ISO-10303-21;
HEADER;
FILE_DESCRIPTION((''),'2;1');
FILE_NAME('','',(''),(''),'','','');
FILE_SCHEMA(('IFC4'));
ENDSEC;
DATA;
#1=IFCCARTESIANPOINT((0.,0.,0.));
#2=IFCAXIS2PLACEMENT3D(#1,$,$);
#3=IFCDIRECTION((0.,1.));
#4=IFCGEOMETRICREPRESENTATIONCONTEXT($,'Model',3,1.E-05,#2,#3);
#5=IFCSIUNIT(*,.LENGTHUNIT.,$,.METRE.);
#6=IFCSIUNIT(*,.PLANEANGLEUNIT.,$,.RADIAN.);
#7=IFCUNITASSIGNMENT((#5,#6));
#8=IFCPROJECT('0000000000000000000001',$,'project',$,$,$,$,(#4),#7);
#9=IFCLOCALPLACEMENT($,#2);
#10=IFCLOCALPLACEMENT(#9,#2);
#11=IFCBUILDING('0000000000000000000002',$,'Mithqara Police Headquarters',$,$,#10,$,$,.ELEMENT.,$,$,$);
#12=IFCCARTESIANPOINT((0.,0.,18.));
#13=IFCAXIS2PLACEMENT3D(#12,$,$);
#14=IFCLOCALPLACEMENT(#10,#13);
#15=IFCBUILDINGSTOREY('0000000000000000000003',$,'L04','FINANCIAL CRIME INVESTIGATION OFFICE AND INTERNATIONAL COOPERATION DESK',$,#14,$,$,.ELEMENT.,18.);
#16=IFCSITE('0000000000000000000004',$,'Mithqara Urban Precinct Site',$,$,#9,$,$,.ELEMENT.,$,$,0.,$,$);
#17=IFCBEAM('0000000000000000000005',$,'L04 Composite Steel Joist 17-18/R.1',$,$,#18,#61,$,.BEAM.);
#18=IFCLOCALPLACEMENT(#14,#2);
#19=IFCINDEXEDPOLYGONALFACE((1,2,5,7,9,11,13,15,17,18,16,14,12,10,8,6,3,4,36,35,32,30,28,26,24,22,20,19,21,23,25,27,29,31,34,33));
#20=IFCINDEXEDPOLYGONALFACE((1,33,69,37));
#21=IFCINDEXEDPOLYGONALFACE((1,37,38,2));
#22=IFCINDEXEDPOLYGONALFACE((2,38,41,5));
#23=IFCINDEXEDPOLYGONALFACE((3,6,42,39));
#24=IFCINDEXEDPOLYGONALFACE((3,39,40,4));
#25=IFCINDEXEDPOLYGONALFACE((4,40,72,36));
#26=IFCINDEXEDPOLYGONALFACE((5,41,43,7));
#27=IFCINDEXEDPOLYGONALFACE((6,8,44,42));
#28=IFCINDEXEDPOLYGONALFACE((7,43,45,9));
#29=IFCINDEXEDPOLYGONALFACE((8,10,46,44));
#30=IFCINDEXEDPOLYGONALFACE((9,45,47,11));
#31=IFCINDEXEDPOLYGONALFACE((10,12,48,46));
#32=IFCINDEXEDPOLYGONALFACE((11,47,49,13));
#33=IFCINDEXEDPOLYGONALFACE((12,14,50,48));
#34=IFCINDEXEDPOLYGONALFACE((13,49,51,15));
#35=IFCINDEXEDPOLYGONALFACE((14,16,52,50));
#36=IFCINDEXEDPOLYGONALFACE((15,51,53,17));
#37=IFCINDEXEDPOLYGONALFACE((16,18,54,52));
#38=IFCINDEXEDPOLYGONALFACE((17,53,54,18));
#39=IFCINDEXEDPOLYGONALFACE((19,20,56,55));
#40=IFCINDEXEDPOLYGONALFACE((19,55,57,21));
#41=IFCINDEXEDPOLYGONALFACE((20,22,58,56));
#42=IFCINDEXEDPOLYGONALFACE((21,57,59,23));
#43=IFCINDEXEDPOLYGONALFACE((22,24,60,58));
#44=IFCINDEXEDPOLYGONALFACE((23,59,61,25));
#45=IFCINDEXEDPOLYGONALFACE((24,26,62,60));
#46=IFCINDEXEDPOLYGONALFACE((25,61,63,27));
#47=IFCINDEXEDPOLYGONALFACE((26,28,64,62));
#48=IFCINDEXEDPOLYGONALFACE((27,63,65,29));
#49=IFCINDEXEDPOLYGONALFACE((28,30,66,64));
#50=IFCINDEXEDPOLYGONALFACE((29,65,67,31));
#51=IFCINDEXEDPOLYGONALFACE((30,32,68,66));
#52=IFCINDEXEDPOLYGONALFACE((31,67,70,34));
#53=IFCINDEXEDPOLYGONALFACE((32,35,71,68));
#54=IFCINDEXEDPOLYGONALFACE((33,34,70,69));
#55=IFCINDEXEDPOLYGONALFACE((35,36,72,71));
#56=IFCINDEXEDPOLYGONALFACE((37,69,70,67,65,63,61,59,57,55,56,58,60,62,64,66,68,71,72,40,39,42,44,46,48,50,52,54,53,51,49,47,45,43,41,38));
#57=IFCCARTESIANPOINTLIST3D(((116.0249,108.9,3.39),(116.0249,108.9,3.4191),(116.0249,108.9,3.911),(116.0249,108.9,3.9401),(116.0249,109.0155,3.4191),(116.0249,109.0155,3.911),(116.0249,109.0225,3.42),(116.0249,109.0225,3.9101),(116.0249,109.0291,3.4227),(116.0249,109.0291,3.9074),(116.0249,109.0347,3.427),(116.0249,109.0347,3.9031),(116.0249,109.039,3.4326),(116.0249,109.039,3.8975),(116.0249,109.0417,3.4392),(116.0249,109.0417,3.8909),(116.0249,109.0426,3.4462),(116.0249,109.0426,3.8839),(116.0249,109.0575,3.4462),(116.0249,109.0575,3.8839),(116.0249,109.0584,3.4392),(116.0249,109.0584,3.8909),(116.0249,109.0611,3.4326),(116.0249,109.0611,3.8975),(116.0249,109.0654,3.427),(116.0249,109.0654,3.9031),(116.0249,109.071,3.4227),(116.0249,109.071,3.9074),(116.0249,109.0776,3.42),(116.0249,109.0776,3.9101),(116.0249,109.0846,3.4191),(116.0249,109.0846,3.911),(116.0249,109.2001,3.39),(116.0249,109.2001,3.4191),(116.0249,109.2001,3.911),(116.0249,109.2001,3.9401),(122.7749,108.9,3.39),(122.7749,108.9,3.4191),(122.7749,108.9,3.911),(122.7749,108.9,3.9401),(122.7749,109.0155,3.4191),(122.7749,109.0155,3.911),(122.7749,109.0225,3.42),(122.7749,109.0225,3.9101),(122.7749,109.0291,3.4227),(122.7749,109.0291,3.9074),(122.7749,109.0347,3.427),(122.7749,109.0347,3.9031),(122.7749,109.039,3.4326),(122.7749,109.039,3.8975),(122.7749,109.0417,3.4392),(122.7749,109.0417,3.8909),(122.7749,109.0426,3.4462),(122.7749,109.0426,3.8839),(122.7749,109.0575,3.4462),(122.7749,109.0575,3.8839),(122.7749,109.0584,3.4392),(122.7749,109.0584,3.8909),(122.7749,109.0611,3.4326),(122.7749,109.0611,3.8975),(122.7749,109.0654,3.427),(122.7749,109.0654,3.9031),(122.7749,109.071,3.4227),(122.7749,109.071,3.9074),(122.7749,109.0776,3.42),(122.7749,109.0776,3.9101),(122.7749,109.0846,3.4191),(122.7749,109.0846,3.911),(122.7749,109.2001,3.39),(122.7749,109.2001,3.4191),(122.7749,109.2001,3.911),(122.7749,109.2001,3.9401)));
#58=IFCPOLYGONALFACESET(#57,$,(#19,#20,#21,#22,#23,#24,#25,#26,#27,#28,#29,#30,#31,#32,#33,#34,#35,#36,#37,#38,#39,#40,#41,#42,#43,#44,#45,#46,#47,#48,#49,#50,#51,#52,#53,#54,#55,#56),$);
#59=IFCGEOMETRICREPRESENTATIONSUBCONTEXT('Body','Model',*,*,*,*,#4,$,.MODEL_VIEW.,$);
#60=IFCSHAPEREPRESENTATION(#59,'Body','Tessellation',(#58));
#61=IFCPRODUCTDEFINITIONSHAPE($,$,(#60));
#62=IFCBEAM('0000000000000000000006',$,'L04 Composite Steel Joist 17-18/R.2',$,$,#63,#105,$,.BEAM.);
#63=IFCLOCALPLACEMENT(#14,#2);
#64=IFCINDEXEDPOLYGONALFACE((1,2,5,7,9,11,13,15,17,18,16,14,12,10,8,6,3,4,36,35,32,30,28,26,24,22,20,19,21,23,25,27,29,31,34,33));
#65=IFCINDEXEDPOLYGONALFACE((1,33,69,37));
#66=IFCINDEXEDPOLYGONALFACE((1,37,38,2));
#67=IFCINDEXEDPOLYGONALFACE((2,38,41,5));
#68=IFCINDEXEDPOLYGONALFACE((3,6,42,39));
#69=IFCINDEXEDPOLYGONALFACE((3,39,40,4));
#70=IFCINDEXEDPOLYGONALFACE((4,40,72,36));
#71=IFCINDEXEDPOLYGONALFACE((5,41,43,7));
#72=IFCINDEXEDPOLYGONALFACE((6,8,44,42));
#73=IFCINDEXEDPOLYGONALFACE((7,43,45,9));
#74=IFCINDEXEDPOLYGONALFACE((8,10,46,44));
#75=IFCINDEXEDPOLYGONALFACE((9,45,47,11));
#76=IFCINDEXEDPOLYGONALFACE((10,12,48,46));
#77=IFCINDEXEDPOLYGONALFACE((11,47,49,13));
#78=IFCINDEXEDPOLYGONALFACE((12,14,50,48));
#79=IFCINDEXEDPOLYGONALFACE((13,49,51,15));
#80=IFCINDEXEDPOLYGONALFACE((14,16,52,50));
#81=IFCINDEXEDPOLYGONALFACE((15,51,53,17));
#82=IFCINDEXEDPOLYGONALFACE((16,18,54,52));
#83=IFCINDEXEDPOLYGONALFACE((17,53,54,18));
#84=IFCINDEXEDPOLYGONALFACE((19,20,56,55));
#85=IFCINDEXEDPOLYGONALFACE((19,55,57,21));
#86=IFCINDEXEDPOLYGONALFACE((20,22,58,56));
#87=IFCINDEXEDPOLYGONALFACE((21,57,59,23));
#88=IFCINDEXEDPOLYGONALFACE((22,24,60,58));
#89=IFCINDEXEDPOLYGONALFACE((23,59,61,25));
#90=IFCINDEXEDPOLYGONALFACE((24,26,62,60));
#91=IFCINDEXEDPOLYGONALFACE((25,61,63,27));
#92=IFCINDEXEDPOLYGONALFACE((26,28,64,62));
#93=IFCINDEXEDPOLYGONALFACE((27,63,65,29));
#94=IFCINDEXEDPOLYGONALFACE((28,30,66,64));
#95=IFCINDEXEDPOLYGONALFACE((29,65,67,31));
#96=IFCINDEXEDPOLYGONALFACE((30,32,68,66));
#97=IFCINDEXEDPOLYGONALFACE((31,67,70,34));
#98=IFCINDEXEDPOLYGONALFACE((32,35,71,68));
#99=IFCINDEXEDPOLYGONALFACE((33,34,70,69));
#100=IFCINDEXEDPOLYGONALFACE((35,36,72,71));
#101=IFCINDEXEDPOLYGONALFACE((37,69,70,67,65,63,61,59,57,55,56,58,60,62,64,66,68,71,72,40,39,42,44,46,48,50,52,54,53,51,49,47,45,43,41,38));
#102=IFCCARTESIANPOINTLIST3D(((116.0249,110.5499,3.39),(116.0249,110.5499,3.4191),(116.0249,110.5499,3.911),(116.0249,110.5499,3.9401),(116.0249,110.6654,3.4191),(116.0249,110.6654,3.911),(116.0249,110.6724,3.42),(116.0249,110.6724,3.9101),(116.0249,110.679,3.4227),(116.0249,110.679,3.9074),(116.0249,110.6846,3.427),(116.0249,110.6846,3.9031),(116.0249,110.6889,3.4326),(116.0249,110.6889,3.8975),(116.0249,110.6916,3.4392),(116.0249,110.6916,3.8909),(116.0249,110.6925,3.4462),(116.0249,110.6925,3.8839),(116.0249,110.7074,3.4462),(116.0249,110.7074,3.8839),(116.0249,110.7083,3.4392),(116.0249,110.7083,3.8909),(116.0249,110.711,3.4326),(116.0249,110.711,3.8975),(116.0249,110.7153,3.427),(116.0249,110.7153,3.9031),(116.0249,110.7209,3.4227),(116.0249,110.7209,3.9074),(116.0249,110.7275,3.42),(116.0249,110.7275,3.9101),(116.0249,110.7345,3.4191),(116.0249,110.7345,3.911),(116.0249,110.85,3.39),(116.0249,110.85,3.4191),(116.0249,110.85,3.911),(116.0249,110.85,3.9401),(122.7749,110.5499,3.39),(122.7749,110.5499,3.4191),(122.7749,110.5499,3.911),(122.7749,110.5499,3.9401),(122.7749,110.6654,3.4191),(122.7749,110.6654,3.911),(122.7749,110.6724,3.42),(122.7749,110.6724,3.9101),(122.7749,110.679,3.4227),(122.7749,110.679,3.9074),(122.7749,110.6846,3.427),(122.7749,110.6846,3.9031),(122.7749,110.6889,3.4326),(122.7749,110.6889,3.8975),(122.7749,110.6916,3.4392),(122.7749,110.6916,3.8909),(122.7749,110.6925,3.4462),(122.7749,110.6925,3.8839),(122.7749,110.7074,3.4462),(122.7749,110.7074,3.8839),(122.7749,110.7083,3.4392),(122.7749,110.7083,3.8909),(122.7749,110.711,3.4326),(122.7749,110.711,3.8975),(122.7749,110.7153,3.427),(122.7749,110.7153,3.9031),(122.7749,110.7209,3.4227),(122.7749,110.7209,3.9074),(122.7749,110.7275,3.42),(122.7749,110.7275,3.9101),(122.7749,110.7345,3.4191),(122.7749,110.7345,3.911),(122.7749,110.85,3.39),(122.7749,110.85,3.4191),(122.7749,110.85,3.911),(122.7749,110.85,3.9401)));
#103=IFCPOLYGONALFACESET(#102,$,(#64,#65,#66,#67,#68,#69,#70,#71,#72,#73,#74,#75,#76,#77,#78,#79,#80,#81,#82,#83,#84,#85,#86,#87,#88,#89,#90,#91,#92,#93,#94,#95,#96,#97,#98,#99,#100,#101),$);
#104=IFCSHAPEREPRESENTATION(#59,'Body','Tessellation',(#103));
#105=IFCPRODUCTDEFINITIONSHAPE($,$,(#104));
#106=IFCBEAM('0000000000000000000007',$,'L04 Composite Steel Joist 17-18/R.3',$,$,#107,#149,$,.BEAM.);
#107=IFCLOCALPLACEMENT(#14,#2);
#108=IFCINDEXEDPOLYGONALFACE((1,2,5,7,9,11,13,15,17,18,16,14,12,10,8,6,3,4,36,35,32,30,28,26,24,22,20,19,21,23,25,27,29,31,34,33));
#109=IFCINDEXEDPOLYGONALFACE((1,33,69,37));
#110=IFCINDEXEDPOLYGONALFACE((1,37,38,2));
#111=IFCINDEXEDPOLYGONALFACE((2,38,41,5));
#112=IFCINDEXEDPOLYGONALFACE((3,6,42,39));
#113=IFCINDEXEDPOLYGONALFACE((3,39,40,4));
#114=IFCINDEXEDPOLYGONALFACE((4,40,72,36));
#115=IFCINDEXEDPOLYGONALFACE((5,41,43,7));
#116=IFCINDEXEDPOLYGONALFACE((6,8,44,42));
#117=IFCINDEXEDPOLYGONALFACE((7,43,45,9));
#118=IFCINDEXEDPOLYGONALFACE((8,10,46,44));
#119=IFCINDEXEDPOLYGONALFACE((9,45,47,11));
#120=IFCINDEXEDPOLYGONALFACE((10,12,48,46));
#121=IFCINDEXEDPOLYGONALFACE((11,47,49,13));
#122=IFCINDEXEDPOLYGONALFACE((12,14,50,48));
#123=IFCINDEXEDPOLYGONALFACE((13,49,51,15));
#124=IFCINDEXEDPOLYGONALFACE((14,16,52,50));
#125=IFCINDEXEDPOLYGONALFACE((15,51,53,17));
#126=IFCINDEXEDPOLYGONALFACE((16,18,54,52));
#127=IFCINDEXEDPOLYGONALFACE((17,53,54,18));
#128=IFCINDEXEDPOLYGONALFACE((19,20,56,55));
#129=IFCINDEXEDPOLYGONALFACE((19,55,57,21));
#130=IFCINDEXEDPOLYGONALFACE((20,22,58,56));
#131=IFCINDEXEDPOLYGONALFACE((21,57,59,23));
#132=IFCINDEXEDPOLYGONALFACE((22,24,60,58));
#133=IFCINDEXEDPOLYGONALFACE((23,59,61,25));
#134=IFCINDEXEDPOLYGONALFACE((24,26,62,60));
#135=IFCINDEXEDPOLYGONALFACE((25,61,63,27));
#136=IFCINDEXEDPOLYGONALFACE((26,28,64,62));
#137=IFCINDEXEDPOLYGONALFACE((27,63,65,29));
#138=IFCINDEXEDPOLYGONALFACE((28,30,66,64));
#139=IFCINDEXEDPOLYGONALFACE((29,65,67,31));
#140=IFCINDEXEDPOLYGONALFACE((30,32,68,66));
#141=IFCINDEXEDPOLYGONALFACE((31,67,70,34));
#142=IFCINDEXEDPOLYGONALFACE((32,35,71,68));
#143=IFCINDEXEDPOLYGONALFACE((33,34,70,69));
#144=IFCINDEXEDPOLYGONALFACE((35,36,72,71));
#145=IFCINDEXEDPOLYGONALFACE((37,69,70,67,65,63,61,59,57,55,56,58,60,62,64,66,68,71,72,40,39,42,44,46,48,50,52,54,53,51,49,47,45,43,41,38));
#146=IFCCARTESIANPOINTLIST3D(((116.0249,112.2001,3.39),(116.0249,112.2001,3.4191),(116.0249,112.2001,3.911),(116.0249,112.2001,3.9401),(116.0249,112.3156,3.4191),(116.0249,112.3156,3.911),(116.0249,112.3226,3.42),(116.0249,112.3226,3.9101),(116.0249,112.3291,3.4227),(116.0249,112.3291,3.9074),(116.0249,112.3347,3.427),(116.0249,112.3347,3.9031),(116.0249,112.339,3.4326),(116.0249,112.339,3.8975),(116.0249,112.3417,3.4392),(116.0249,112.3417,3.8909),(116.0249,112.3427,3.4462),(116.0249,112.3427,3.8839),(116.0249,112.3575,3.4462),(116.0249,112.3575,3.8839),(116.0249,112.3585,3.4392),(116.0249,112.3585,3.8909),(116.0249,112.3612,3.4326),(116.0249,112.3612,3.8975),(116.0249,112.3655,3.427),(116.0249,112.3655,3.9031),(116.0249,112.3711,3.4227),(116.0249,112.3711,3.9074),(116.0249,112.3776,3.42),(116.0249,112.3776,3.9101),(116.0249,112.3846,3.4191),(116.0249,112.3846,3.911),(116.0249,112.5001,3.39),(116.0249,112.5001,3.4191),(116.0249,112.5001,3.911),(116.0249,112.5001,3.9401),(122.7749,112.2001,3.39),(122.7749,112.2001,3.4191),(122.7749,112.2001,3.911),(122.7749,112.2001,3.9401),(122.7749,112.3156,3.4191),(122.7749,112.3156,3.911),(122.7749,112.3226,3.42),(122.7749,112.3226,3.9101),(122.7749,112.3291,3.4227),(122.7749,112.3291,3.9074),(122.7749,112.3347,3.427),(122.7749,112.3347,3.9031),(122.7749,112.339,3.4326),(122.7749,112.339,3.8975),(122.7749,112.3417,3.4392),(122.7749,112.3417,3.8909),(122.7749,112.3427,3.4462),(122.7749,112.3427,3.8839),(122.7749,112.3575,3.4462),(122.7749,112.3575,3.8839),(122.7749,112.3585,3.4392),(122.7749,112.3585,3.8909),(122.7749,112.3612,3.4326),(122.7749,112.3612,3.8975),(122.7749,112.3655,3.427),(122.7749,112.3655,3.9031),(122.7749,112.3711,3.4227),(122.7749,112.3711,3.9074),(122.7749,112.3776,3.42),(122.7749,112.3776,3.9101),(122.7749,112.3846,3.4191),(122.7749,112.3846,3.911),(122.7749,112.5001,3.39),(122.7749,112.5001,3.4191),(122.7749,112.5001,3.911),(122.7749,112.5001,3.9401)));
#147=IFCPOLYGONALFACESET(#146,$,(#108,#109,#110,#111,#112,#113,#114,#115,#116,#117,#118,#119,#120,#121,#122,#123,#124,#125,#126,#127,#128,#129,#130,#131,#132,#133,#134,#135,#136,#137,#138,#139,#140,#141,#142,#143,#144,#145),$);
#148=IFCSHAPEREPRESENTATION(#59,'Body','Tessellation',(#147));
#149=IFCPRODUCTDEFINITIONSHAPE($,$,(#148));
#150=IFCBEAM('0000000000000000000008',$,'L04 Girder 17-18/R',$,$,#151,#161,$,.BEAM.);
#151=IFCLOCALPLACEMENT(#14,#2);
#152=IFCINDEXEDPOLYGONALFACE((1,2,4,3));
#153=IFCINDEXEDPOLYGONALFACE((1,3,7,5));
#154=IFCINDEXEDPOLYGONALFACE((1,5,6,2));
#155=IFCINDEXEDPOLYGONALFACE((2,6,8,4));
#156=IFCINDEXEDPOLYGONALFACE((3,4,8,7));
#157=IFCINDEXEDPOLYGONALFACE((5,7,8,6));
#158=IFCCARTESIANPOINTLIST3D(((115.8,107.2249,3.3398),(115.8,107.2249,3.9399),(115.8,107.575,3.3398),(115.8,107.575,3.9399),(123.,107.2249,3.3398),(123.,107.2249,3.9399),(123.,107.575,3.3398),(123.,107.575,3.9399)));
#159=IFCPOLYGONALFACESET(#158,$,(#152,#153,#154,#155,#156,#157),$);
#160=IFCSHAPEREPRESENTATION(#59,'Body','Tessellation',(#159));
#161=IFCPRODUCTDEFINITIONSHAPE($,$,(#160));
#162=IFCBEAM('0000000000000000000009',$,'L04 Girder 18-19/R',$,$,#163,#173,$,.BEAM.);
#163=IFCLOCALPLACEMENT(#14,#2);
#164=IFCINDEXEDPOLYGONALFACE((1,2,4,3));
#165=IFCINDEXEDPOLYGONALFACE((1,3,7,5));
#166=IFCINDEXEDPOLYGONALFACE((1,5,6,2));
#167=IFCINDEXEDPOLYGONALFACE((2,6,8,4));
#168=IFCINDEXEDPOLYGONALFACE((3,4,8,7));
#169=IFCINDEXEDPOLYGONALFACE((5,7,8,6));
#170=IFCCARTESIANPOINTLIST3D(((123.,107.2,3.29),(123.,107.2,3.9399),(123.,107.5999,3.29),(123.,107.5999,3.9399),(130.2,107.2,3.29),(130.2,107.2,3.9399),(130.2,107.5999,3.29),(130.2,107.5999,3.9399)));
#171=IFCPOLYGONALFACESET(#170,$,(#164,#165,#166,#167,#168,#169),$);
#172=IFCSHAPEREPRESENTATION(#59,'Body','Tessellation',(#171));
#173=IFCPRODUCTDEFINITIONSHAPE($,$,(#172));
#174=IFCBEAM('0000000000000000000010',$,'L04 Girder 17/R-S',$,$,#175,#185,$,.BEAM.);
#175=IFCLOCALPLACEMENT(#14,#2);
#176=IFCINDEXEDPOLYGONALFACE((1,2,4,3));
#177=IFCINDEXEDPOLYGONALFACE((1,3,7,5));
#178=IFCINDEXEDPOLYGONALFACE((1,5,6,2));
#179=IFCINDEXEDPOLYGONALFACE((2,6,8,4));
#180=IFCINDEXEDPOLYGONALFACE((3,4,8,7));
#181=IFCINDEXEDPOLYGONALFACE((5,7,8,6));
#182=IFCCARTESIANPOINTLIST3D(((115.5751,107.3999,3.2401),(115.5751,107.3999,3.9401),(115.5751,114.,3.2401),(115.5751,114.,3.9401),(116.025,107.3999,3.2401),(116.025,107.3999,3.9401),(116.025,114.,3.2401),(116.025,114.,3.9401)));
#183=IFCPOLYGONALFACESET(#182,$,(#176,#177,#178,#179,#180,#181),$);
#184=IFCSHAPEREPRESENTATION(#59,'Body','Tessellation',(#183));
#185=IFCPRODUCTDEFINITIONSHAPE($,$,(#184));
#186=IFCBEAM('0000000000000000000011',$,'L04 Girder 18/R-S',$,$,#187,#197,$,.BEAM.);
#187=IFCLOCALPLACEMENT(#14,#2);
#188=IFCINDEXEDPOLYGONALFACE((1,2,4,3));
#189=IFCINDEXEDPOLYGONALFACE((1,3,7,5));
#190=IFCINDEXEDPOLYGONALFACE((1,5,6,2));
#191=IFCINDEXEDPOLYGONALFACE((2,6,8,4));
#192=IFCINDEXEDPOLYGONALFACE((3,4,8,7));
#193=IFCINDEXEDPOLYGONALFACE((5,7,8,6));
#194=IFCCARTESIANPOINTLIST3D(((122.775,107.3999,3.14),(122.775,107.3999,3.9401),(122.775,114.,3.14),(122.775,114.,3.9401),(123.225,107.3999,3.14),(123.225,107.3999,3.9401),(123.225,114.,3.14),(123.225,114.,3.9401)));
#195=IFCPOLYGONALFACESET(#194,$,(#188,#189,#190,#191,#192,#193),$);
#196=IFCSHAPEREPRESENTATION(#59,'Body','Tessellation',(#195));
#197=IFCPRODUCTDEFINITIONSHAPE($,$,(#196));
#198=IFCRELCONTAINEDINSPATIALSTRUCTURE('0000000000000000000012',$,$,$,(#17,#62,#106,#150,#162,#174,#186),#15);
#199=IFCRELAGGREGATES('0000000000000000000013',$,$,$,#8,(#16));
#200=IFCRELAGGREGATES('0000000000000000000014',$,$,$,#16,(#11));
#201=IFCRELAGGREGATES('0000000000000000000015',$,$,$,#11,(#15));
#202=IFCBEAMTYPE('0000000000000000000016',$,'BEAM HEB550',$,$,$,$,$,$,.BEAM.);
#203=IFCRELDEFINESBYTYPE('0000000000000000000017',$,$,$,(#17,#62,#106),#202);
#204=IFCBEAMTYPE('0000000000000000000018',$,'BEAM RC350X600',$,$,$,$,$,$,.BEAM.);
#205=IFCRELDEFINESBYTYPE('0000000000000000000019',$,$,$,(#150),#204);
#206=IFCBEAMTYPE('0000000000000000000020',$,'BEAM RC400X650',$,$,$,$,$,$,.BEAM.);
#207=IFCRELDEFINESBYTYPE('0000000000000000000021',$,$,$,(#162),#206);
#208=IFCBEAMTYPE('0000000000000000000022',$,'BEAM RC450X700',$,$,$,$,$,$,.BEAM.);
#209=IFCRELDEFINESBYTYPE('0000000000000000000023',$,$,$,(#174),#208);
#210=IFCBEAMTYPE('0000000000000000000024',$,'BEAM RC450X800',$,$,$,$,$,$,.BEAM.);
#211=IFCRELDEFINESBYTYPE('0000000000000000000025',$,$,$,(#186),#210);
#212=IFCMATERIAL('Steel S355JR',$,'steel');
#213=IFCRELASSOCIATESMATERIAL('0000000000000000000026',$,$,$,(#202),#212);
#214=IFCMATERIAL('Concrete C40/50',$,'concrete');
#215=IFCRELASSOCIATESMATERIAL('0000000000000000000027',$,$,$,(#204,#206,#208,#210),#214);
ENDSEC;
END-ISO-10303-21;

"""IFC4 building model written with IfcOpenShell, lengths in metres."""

from ifc_helpers import new_model, si_unit, direction, frame, origin, origin_2d, place, context, subcontext, project, spatial, rectangle, i_section, extrude, material, material_profile, profile_set, type_object, element, save


model = new_model("IFC4")

# Units and contexts
model_context = context("Model", 3, precision=1e-05, world=origin(), true_north=direction((0.0, 1.0)))
body_context = subcontext(model_context, "Body", "Model", "MODEL_VIEW")
ifc_project = project(units=[si_unit("LENGTHUNIT", "METRE"), si_unit("PLANEANGLEUNIT", "RADIAN")], contexts=[model_context])

# Site, building, storey
site_placement = place(None, origin())
site = spatial("IfcSite", under=ifc_project, at=site_placement, Name="Mithqara Urban Precinct Site", CompositionType="ELEMENT", RefElevation=0.0)
building_placement = place(site_placement, origin())
building = spatial("IfcBuilding", under=site, at=building_placement, Name="Mithqara Police Headquarters", CompositionType="ELEMENT")
storey_placement = place(building_placement, frame((0.0, 0.0, 18.0)))
storey = spatial("IfcBuildingStorey", under=building, at=storey_placement, Name="L04", Description="FINANCIAL CRIME INVESTIGATION OFFICE AND INTERNATIONAL COOPERATION DESK", CompositionType="ELEMENT", Elevation=18.0)

# Beams
ifc_material_1 = material(Name="Steel S355JR", Category="steel")
ifc_material_profile_1 = material_profile(ifc_material_1, i_section(OverallWidth=0.3, OverallDepth=0.55, WebThickness=0.0149, FlangeThickness=0.0291, FilletRadius=0.0271, at=origin_2d()), Name="HEB 550")
ifc_profile_set_1 = profile_set([ifc_material_profile_1], Name="Steel S355JR")
beam_type_1 = type_object("IfcBeamType", Name="BEAM HEB550", PredefinedType="BEAM", material=ifc_profile_set_1)
for number, where, z_axis, x_axis, name in (
    (1, (116.0249, 109.05, 3.665), (1.0, 0.0, 0.0), (0.0, 1.0, 0.0), "L04 Composite Steel Joist 17-18/R.1"),
    (2, (116.0249, 110.7, 3.665), (1.0, 0.0, 0.0), (0.0, 1.0, 0.0), "L04 Composite Steel Joist 17-18/R.2"),
    (3, (116.0249, 112.3501, 3.665), (1.0, 0.0, 0.0), (0.0, 1.0, 0.0), "L04 Composite Steel Joist 17-18/R.3"),
):
    element("IfcBeam", number, at=place(storey_placement, frame(where, z_axis=z_axis, x_axis=x_axis)), inside=storey, type_object=beam_type_1, Name=name, PredefinedType="BEAM", context=body_context, shape_type="SweptSolid", body=[
        extrude(i_section(OverallWidth=0.3, OverallDepth=0.55, WebThickness=0.0149, FlangeThickness=0.0291, FilletRadius=0.0271, at=origin_2d()), origin(), (0.0, 0.0, 1.0), 6.75),
    ])
ifc_material_2 = material(Name="Concrete C40/50", Category="concrete")
ifc_material_profile_2 = material_profile(ifc_material_2, rectangle(XDim=0.3501, YDim=0.6001, at=origin_2d()), Name="RC 350x600")
ifc_profile_set_2 = profile_set([ifc_material_profile_2], Name="Concrete C40/50")
beam_type_2 = type_object("IfcBeamType", Name="BEAM RC350X600", PredefinedType="BEAM", material=ifc_profile_set_2)
beam_1_placement = place(storey_placement, frame((115.8, 107.3999, 3.6399), z_axis=(1.0, 0.0, 0.0), x_axis=(0.0, 1.0, 0.0)))
element("IfcBeam", 4, at=beam_1_placement, inside=storey, type_object=beam_type_2, Name="L04 Girder 17-18/R", PredefinedType="BEAM", context=body_context, shape_type="SweptSolid", body=[
    extrude(rectangle(XDim=0.3501, YDim=0.6001, at=origin_2d()), origin(), (0.0, 0.0, 1.0), 7.2),
])
ifc_material_profile_3 = material_profile(ifc_material_2, rectangle(XDim=0.3999, YDim=0.6499, at=origin_2d()), Name="RC 400x650")
ifc_profile_set_3 = profile_set([ifc_material_profile_3], Name="Concrete C40/50")
beam_type_3 = type_object("IfcBeamType", Name="BEAM RC400X650", PredefinedType="BEAM", material=ifc_profile_set_3)
beam_2_placement = place(storey_placement, frame((123.0, 107.3999, 3.615), z_axis=(1.0, 0.0, 0.0), x_axis=(0.0, 1.0, 0.0)))
element("IfcBeam", 5, at=beam_2_placement, inside=storey, type_object=beam_type_3, Name="L04 Girder 18-19/R", PredefinedType="BEAM", context=body_context, shape_type="SweptSolid", body=[
    extrude(rectangle(XDim=0.3999, YDim=0.6499, at=origin_2d()), origin(), (0.0, 0.0, 1.0), 7.2),
])
ifc_material_profile_4 = material_profile(ifc_material_2, rectangle(XDim=0.45, YDim=0.7, at=origin_2d()), Name="RC 450x700")
ifc_profile_set_4 = profile_set([ifc_material_profile_4], Name="Concrete C40/50")
beam_type_4 = type_object("IfcBeamType", Name="BEAM RC450X700", PredefinedType="BEAM", material=ifc_profile_set_4)
beam_3_placement = place(storey_placement, frame((115.8, 107.3999, 3.5901), z_axis=(0.0, 1.0, 0.0), x_axis=(-1.0, 0.0, 0.0)))
element("IfcBeam", 6, at=beam_3_placement, inside=storey, type_object=beam_type_4, Name="L04 Girder 17/R-S", PredefinedType="BEAM", context=body_context, shape_type="SweptSolid", body=[
    extrude(rectangle(XDim=0.45, YDim=0.7, at=origin_2d()), origin(), (0.0, 0.0, 1.0), 6.6001),
])
ifc_material_profile_5 = material_profile(ifc_material_2, rectangle(XDim=0.45, YDim=0.8, at=origin_2d()), Name="RC 450x800")
ifc_profile_set_5 = profile_set([ifc_material_profile_5], Name="Concrete C40/50")
beam_type_5 = type_object("IfcBeamType", Name="BEAM RC450X800", PredefinedType="BEAM", material=ifc_profile_set_5)
beam_4_placement = place(storey_placement, frame((123.0, 107.3999, 3.54), z_axis=(0.0, 1.0, 0.0), x_axis=(-1.0, 0.0, 0.0)))
element("IfcBeam", 7, at=beam_4_placement, inside=storey, type_object=beam_type_5, Name="L04 Girder 18/R-S", PredefinedType="BEAM", context=body_context, shape_type="SweptSolid", body=[
    extrude(rectangle(XDim=0.45, YDim=0.8, at=origin_2d()), origin(), (0.0, 0.0, 1.0), 6.6001),
])

save(model, "model.ifc")
